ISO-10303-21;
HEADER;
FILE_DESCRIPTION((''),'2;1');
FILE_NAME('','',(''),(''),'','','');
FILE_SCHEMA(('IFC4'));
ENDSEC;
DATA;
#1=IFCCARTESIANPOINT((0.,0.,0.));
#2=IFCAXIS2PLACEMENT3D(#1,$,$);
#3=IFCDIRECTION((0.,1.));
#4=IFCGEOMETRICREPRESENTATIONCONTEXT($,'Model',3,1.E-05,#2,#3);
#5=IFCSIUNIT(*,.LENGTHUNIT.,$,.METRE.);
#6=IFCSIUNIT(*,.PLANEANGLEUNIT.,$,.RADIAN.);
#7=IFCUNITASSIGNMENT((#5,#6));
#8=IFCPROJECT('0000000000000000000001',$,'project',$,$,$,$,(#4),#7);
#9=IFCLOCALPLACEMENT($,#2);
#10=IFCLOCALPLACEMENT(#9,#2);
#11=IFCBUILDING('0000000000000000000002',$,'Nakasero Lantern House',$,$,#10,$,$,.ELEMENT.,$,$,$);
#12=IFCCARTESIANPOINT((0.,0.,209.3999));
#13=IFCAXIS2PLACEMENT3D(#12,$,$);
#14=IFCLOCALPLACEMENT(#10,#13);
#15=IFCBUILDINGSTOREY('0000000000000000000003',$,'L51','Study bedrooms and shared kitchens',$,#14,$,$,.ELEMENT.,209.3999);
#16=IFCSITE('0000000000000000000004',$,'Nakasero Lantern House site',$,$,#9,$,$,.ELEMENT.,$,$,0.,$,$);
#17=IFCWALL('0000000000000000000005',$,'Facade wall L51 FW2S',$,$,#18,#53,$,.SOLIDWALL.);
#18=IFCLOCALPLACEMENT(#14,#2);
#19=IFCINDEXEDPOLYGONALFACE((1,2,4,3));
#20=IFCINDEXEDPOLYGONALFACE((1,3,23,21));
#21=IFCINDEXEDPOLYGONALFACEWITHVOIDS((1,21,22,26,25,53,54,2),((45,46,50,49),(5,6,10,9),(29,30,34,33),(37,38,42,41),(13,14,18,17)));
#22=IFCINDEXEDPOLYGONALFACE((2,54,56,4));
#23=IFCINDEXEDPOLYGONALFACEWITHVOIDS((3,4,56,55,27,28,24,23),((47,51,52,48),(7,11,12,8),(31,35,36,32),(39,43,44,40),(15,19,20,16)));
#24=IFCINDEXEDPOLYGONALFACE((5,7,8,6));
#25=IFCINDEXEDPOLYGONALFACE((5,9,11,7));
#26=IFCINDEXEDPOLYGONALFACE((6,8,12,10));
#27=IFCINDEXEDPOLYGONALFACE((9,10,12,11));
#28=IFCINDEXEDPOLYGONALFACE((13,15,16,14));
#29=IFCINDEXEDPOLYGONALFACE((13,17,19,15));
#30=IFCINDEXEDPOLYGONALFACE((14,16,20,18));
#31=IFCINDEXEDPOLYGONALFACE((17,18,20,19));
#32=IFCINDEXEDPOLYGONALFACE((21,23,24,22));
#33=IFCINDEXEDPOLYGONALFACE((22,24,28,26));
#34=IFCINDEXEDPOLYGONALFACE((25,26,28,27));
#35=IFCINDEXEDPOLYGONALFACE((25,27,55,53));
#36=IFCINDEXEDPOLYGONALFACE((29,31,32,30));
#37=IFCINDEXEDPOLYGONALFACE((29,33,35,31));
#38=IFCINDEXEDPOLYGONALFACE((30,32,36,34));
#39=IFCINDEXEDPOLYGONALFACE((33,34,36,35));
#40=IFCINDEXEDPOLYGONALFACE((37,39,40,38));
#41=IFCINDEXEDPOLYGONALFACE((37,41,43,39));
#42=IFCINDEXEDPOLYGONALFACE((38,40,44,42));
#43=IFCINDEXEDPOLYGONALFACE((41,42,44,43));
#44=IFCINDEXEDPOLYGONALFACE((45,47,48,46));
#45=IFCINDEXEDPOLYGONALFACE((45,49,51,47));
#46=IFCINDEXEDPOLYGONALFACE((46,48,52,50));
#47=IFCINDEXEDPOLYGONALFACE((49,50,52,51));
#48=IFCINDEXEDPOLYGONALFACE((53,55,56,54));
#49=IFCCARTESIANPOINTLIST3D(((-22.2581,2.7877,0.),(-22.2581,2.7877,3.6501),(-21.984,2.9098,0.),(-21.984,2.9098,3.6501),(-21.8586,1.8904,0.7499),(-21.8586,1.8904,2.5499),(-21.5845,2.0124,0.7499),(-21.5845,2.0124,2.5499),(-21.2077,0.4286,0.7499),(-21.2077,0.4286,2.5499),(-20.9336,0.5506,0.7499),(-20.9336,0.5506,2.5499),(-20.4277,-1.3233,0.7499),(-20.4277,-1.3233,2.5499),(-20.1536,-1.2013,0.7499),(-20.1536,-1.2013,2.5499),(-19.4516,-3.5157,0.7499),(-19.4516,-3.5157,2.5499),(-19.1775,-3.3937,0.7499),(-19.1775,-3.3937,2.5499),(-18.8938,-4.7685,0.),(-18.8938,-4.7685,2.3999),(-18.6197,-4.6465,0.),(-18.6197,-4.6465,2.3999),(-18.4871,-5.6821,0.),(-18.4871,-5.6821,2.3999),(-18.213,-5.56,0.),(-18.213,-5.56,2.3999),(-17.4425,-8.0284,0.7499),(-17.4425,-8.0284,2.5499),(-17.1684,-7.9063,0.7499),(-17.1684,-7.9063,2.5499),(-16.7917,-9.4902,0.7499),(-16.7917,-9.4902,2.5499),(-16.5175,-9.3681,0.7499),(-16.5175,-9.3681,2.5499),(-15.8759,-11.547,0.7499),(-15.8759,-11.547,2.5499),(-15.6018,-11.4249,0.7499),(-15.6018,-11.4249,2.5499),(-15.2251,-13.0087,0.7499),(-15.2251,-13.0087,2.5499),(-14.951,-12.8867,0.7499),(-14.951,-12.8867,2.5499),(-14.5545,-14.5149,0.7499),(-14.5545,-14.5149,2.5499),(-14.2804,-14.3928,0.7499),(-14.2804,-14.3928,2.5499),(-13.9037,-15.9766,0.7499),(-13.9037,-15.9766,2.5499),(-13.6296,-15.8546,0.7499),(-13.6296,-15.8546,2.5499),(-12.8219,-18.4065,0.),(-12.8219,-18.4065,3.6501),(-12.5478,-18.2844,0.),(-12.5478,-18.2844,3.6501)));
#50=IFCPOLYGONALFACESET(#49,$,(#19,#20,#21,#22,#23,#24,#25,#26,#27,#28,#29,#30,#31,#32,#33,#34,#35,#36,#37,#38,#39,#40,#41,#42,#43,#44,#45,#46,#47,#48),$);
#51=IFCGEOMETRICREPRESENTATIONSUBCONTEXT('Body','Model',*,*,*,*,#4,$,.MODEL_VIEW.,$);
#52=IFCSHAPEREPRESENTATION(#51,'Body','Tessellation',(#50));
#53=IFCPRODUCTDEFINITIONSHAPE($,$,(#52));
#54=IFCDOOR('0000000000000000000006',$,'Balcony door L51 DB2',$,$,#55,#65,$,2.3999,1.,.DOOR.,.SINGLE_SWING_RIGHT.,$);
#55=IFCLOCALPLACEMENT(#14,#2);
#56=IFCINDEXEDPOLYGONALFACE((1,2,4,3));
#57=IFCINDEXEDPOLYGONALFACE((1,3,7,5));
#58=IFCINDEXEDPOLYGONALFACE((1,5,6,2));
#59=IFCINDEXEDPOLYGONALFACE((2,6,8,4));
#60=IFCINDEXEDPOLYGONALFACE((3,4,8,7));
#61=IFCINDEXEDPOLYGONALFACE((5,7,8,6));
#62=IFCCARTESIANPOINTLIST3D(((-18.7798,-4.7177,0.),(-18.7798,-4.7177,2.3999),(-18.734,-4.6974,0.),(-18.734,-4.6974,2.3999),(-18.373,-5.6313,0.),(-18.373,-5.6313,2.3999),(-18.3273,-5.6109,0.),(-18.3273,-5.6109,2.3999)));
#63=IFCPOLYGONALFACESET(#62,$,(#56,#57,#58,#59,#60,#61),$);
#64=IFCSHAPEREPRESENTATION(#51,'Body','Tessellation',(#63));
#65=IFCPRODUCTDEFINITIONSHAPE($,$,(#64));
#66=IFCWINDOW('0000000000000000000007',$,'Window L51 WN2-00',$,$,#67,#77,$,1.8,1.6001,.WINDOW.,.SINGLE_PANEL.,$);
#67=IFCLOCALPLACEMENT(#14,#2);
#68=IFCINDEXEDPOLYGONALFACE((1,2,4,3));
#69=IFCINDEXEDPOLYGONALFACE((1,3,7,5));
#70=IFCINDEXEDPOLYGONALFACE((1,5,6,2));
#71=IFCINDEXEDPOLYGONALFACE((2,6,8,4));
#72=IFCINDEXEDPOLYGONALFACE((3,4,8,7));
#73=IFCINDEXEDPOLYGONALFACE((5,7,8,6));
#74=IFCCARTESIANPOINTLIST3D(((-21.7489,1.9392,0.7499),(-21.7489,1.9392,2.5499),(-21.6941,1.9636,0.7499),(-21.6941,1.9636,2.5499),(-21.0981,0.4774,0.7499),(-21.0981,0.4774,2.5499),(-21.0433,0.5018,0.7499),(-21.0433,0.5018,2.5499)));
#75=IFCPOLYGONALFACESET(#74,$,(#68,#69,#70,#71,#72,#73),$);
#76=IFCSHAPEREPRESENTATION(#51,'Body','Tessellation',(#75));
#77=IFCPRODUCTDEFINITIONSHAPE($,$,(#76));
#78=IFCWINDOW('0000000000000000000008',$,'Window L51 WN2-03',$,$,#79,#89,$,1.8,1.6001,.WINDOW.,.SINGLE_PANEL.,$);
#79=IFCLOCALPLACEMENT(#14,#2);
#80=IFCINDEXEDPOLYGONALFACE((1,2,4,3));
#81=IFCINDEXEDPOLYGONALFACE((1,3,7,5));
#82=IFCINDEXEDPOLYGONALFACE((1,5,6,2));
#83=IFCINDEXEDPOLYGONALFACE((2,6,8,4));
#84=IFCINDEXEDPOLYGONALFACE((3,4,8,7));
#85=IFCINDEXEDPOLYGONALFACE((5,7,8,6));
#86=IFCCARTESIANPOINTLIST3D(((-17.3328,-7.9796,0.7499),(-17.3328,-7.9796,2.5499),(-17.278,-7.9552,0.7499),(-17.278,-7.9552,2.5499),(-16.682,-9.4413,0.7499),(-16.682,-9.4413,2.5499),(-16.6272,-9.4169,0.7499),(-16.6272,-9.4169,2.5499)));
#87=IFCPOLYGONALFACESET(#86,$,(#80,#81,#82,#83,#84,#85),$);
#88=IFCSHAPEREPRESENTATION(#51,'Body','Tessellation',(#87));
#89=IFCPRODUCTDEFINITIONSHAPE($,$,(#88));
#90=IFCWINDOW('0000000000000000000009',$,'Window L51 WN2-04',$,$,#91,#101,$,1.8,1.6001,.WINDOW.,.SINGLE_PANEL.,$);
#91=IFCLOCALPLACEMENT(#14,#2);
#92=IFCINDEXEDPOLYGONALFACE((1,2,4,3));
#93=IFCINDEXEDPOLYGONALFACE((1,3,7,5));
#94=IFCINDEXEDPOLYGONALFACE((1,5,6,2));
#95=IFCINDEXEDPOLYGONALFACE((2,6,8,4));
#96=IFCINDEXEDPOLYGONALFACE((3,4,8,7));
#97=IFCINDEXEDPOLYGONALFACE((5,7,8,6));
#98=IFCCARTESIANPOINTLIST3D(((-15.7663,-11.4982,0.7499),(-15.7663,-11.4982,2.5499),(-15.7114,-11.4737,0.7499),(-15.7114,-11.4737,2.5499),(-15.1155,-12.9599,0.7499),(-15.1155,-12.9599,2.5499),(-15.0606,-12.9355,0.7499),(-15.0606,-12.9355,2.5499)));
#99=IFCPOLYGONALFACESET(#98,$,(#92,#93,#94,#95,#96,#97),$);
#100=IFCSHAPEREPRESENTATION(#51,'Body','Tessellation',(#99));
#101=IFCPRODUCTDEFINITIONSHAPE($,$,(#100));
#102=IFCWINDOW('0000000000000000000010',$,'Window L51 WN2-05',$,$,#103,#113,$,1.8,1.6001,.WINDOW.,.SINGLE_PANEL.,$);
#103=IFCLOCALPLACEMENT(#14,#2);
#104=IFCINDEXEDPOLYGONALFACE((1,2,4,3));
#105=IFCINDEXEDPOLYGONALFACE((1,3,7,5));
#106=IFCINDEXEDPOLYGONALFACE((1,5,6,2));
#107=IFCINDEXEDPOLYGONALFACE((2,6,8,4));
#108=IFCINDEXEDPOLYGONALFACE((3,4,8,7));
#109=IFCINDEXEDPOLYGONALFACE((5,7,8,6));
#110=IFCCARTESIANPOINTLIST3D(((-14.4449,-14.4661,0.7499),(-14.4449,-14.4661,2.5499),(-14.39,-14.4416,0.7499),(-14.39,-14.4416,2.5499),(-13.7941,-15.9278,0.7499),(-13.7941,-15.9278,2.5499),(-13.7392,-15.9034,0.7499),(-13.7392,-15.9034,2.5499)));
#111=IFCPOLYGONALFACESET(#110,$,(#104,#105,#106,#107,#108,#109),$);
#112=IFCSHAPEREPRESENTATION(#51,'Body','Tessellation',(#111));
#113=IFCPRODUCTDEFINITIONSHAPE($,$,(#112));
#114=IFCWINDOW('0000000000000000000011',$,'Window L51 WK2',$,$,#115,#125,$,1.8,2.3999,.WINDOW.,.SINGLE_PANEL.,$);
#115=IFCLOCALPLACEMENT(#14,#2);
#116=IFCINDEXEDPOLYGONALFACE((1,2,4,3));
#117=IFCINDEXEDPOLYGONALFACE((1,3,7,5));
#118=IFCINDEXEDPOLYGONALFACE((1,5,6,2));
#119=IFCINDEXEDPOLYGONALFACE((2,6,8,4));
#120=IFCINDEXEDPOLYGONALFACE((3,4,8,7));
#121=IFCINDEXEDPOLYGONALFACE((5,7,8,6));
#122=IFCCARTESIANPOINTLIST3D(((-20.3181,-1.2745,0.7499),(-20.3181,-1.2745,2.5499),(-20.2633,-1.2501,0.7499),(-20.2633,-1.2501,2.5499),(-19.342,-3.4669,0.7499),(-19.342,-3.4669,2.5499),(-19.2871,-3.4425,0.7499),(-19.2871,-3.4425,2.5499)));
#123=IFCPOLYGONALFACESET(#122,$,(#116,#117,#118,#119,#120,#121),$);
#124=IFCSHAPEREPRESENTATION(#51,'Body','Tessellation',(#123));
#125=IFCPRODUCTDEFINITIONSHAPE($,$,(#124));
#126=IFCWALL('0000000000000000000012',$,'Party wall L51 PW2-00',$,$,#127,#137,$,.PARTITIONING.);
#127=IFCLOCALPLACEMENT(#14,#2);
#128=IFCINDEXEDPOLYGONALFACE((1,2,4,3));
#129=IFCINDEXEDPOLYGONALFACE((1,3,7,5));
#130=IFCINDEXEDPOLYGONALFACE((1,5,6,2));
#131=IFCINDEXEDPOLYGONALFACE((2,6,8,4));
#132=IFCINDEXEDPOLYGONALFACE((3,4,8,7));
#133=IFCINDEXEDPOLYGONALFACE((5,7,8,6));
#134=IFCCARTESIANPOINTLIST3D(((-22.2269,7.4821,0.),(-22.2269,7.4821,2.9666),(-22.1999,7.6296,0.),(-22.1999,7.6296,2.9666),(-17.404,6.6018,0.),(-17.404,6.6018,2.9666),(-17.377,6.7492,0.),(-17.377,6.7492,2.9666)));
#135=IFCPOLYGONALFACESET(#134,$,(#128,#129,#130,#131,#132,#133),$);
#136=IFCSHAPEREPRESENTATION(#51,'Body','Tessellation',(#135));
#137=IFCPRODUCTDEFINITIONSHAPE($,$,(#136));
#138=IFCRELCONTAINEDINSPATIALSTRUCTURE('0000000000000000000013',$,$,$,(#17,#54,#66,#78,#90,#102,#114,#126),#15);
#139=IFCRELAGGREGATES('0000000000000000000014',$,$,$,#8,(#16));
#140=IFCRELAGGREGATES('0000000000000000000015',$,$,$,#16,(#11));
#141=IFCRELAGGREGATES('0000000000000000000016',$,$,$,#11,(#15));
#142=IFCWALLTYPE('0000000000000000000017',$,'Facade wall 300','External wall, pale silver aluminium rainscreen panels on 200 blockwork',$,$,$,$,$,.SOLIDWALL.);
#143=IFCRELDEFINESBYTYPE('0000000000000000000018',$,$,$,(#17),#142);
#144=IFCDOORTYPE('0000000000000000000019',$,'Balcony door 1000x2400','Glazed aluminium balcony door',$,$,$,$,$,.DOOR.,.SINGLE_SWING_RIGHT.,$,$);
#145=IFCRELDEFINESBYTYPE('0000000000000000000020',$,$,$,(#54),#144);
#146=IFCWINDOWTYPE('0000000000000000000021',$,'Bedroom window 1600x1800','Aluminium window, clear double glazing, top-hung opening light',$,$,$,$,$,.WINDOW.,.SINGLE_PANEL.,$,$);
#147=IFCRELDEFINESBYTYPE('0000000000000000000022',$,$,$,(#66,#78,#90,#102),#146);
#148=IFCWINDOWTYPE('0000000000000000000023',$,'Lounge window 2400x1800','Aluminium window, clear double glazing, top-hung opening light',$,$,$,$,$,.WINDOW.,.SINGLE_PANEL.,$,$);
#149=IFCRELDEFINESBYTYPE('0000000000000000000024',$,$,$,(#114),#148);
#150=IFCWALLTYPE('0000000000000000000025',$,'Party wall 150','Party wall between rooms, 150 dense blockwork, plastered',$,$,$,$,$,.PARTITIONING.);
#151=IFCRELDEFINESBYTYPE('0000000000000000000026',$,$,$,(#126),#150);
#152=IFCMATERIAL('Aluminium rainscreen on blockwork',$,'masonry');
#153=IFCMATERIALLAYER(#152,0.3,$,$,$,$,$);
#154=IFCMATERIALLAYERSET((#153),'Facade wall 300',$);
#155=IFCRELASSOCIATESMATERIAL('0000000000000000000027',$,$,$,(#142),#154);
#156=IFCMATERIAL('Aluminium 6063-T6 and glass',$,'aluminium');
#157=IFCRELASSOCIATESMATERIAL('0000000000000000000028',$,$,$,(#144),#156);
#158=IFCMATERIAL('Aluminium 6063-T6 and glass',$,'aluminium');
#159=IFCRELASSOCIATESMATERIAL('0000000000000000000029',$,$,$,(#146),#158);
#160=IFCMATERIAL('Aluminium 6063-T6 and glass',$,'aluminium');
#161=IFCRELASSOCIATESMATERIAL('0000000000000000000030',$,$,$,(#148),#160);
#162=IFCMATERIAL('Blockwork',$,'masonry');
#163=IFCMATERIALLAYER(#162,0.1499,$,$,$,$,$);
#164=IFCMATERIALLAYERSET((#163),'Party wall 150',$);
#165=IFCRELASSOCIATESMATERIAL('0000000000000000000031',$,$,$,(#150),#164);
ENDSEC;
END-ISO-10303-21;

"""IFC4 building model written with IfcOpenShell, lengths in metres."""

from ifc_helpers import new_model, si_unit, direction, frame, frame_2d, origin, place, context, subcontext, project, spatial, rectangle, extrude, material, layer, layer_set, type_object, element, fill, save


model = new_model("IFC4")

# Units and contexts
model_context = context("Model", 3, precision=1e-05, world=origin(), true_north=direction((0.0, 1.0)))
body_context = subcontext(model_context, "Body", "Model", "MODEL_VIEW")
ifc_project = project(units=[si_unit("LENGTHUNIT", "METRE"), si_unit("PLANEANGLEUNIT", "RADIAN")], contexts=[model_context])

# Site, building, storey
site_placement = place(None, origin())
site = spatial("IfcSite", under=ifc_project, at=site_placement, Name="Nakasero Lantern House site", CompositionType="ELEMENT", RefElevation=0.0)
building_placement = place(site_placement, origin())
building = spatial("IfcBuilding", under=site, at=building_placement, Name="Nakasero Lantern House", CompositionType="ELEMENT")
storey_placement = place(building_placement, frame((0.0, 0.0, 209.3999)))
storey = spatial("IfcBuildingStorey", under=building, at=storey_placement, Name="L51", Description="Study bedrooms and shared kitchens", CompositionType="ELEMENT", Elevation=209.3999)

# Shared definitions
ifc_material_1 = material(Name="Aluminium rainscreen on blockwork", Category="masonry")
ifc_layer_1 = layer(ifc_material_1, 0.3)
ifc_layer_set_1 = layer_set([ifc_layer_1], Name="Facade wall 300")
wall_type_1 = type_object("IfcWallType", Name="Facade wall 300", Description="External wall, pale silver aluminium rainscreen panels on 200 blockwork", PredefinedType="SOLIDWALL", material=ifc_layer_set_1)

# Wall, openings, door, windows
wall_1_placement = place(storey_placement, frame((-22.1211, 2.8489, 0.0), z_axis=(0.0, 0.0, 1.0), x_axis=(0.406735, -0.913546, 0.0)))
wall_1 = element("IfcWall", 1, at=wall_1_placement, inside=storey, type_object=wall_type_1, Name="Facade wall L51 FW2S", PredefinedType="SOLIDWALL", context=body_context, shape_type="SweptSolid", body=[
    extrude(rectangle(XDim=23.2, YDim=0.3, at=frame_2d((11.6001, 0.0))), origin(), (0.0, 0.0, 1.0), 3.6501),
])
opening_1_placement = place(wall_1_placement, frame((0.9824, 0.0, 0.75)))
opening_1 = element("IfcOpeningElement", 2, at=opening_1_placement, cuts=wall_1, PredefinedType="OPENING", context=body_context, shape_type="SweptSolid", body=[
    extrude(rectangle(XDim=1.6001, YDim=1.8, at=frame_2d((0.8, 0.8999))), frame((0.0, 0.1699, 0.0), z_axis=(0.0, -1.0, 0.0), x_axis=(1.0, 0.0, 0.0)), (0.0, 0.0, 1.0), 0.3401),
])
opening_2_placement = place(wall_1_placement, frame((11.8398, 0.0, 0.75)))
opening_2 = element("IfcOpeningElement", 3, at=opening_2_placement, cuts=wall_1, PredefinedType="OPENING", context=body_context, shape_type="SweptSolid", body=[
    extrude(rectangle(XDim=1.6001, YDim=1.8, at=frame_2d((0.8, 0.8999))), frame((0.0, 0.1699, 0.0), z_axis=(0.0, -1.0, 0.0), x_axis=(1.0, 0.0, 0.0)), (0.0, 0.0, 1.0), 0.3401),
])
opening_3_placement = place(wall_1_placement, frame((15.6914, 0.0, 0.75)))
opening_3 = element("IfcOpeningElement", 4, at=opening_3_placement, cuts=wall_1, PredefinedType="OPENING", context=body_context, shape_type="SweptSolid", body=[
    extrude(rectangle(XDim=1.6001, YDim=1.8, at=frame_2d((0.8, 0.8999))), frame((0.0, 0.1699, 0.0), z_axis=(0.0, -1.0, 0.0), x_axis=(1.0, 0.0, 0.0)), (0.0, 0.0, 1.0), 0.3401),
])
opening_4_placement = place(wall_1_placement, frame((18.9402, 0.0, 0.75)))
opening_4 = element("IfcOpeningElement", 5, at=opening_4_placement, cuts=wall_1, PredefinedType="OPENING", context=body_context, shape_type="SweptSolid", body=[
    extrude(rectangle(XDim=1.6001, YDim=1.8, at=frame_2d((0.8, 0.8999))), frame((0.0, 0.1699, 0.0), z_axis=(0.0, -1.0, 0.0), x_axis=(1.0, 0.0, 0.0)), (0.0, 0.0, 1.0), 0.3401),
])
opening_5_placement = place(wall_1_placement, frame((4.5002, 0.0, 0.75)))
opening_5 = element("IfcOpeningElement", 6, at=opening_5_placement, cuts=wall_1, PredefinedType="OPENING", context=body_context, shape_type="SweptSolid", body=[
    extrude(rectangle(XDim=2.3999, YDim=1.8, at=frame_2d((1.2, 0.8999))), frame((0.0, 0.1699, 0.0), z_axis=(0.0, -1.0, 0.0), x_axis=(1.0, 0.0, 0.0)), (0.0, 0.0, 1.0), 0.3401),
])
opening_6_placement = place(wall_1_placement, frame((8.2715, 0.0, 0.0)))
opening_6 = element("IfcOpeningElement", 7, at=opening_6_placement, cuts=wall_1, PredefinedType="OPENING", context=body_context, shape_type="SweptSolid", body=[
    extrude(rectangle(XDim=1.0, YDim=2.3999, at=frame_2d((0.5, 1.2))), frame((0.0, 0.1699, 0.0), z_axis=(0.0, -1.0, 0.0), x_axis=(1.0, 0.0, 0.0)), (0.0, 0.0, 1.0), 0.3401),
])
ifc_material_2 = material(Name="Aluminium 6063-T6 and glass", Category="aluminium")
door_type_1 = type_object("IfcDoorType", Name="Balcony door 1000x2400", Description="Glazed aluminium balcony door", OperationType="SINGLE_SWING_RIGHT", PredefinedType="DOOR", material=ifc_material_2)
door_1_placement = place(opening_6_placement, origin())
door_1 = element("IfcDoor", 8, at=door_1_placement, inside=storey, type_object=door_type_1, Name="Balcony door L51 DB2", OperationType="SINGLE_SWING_RIGHT", OverallHeight=2.3999, OverallWidth=1.0, PredefinedType="DOOR", context=body_context, shape_type="SweptSolid", body=[
    extrude(rectangle(XDim=1.0, YDim=2.3999, at=frame_2d((0.5, 1.2))), frame((0.0, 0.0249, 0.0), z_axis=(0.0, -1.0, 0.0), x_axis=(1.0, 0.0, 0.0)), (0.0, 0.0, 1.0), 0.05),
])
fill(opening_6, door_1)
ifc_material_3 = material(Name="Aluminium 6063-T6 and glass", Category="aluminium")
window_type_1 = type_object("IfcWindowType", Name="Bedroom window 1600x1800", Description="Aluminium window, clear double glazing, top-hung opening light", PartitioningType="SINGLE_PANEL", PredefinedType="WINDOW", material=ifc_material_3)
window_1_placement = place(opening_1_placement, origin())
window_1 = element("IfcWindow", 9, at=window_1_placement, inside=storey, type_object=window_type_1, Name="Window L51 WN2-00", OverallHeight=1.8, OverallWidth=1.6001, PartitioningType="SINGLE_PANEL", PredefinedType="WINDOW", context=body_context, shape_type="SweptSolid", body=[
    extrude(rectangle(XDim=1.6001, YDim=1.8, at=frame_2d((0.8, 0.8999))), frame((0.0, 0.03, 0.0), z_axis=(0.0, -1.0, 0.0), x_axis=(1.0, 0.0, 0.0)), (0.0, 0.0, 1.0), 0.0601),
])
fill(opening_1, window_1)
window_2_placement = place(opening_2_placement, origin())
window_2 = element("IfcWindow", 10, at=window_2_placement, inside=storey, type_object=window_type_1, Name="Window L51 WN2-03", OverallHeight=1.8, OverallWidth=1.6001, PartitioningType="SINGLE_PANEL", PredefinedType="WINDOW", context=body_context, shape_type="SweptSolid", body=[
    extrude(rectangle(XDim=1.6001, YDim=1.8, at=frame_2d((0.8, 0.8999))), frame((0.0, 0.03, 0.0), z_axis=(0.0, -1.0, 0.0), x_axis=(1.0, 0.0, 0.0)), (0.0, 0.0, 1.0), 0.0601),
])
fill(opening_2, window_2)
window_3_placement = place(opening_3_placement, origin())
window_3 = element("IfcWindow", 11, at=window_3_placement, inside=storey, type_object=window_type_1, Name="Window L51 WN2-04", OverallHeight=1.8, OverallWidth=1.6001, PartitioningType="SINGLE_PANEL", PredefinedType="WINDOW", context=body_context, shape_type="SweptSolid", body=[
    extrude(rectangle(XDim=1.6001, YDim=1.8, at=frame_2d((0.8, 0.8999))), frame((0.0, 0.03, 0.0), z_axis=(0.0, -1.0, 0.0), x_axis=(1.0, 0.0, 0.0)), (0.0, 0.0, 1.0), 0.0601),
])
fill(opening_3, window_3)
window_4_placement = place(opening_4_placement, origin())
window_4 = element("IfcWindow", 12, at=window_4_placement, inside=storey, type_object=window_type_1, Name="Window L51 WN2-05", OverallHeight=1.8, OverallWidth=1.6001, PartitioningType="SINGLE_PANEL", PredefinedType="WINDOW", context=body_context, shape_type="SweptSolid", body=[
    extrude(rectangle(XDim=1.6001, YDim=1.8, at=frame_2d((0.8, 0.8999))), frame((0.0, 0.03, 0.0), z_axis=(0.0, -1.0, 0.0), x_axis=(1.0, 0.0, 0.0)), (0.0, 0.0, 1.0), 0.0601),
])
fill(opening_4, window_4)
ifc_material_4 = material(Name="Aluminium 6063-T6 and glass", Category="aluminium")
window_type_2 = type_object("IfcWindowType", Name="Lounge window 2400x1800", Description="Aluminium window, clear double glazing, top-hung opening light", PartitioningType="SINGLE_PANEL", PredefinedType="WINDOW", material=ifc_material_4)
window_5_placement = place(opening_5_placement, origin())
window_5 = element("IfcWindow", 13, at=window_5_placement, inside=storey, type_object=window_type_2, Name="Window L51 WK2", OverallHeight=1.8, OverallWidth=2.3999, PartitioningType="SINGLE_PANEL", PredefinedType="WINDOW", context=body_context, shape_type="SweptSolid", body=[
    extrude(rectangle(XDim=2.3999, YDim=1.8, at=frame_2d((1.2, 0.8999))), frame((0.0, 0.03, 0.0), z_axis=(0.0, -1.0, 0.0), x_axis=(1.0, 0.0, 0.0)), (0.0, 0.0, 1.0), 0.0601),
])
fill(opening_5, window_5)

# Wall
ifc_material_5 = material(Name="Blockwork", Category="masonry")
ifc_layer_2 = layer(ifc_material_5, 0.1499)
ifc_layer_set_2 = layer_set([ifc_layer_2], Name="Party wall 150")
wall_type_2 = type_object("IfcWallType", Name="Party wall 150", Description="Party wall between rooms, 150 dense blockwork, plastered", PredefinedType="PARTITIONING", material=ifc_layer_set_2)
wall_2_placement = place(storey_placement, frame((-17.3906, 6.6755, 0.0), z_axis=(0.0, 0.0, 1.0), x_axis=(-0.983745, 0.179569, 0.0)))
element("IfcWall", 14, at=wall_2_placement, inside=storey, type_object=wall_type_2, Name="Party wall L51 PW2-00", PredefinedType="PARTITIONING", context=body_context, shape_type="SweptSolid", body=[
    extrude(rectangle(XDim=4.9026, YDim=0.1499, at=frame_2d((2.4512, 0.0))), origin(), (0.0, 0.0, 1.0), 2.9666),
])

save(model, "model.ifc")
